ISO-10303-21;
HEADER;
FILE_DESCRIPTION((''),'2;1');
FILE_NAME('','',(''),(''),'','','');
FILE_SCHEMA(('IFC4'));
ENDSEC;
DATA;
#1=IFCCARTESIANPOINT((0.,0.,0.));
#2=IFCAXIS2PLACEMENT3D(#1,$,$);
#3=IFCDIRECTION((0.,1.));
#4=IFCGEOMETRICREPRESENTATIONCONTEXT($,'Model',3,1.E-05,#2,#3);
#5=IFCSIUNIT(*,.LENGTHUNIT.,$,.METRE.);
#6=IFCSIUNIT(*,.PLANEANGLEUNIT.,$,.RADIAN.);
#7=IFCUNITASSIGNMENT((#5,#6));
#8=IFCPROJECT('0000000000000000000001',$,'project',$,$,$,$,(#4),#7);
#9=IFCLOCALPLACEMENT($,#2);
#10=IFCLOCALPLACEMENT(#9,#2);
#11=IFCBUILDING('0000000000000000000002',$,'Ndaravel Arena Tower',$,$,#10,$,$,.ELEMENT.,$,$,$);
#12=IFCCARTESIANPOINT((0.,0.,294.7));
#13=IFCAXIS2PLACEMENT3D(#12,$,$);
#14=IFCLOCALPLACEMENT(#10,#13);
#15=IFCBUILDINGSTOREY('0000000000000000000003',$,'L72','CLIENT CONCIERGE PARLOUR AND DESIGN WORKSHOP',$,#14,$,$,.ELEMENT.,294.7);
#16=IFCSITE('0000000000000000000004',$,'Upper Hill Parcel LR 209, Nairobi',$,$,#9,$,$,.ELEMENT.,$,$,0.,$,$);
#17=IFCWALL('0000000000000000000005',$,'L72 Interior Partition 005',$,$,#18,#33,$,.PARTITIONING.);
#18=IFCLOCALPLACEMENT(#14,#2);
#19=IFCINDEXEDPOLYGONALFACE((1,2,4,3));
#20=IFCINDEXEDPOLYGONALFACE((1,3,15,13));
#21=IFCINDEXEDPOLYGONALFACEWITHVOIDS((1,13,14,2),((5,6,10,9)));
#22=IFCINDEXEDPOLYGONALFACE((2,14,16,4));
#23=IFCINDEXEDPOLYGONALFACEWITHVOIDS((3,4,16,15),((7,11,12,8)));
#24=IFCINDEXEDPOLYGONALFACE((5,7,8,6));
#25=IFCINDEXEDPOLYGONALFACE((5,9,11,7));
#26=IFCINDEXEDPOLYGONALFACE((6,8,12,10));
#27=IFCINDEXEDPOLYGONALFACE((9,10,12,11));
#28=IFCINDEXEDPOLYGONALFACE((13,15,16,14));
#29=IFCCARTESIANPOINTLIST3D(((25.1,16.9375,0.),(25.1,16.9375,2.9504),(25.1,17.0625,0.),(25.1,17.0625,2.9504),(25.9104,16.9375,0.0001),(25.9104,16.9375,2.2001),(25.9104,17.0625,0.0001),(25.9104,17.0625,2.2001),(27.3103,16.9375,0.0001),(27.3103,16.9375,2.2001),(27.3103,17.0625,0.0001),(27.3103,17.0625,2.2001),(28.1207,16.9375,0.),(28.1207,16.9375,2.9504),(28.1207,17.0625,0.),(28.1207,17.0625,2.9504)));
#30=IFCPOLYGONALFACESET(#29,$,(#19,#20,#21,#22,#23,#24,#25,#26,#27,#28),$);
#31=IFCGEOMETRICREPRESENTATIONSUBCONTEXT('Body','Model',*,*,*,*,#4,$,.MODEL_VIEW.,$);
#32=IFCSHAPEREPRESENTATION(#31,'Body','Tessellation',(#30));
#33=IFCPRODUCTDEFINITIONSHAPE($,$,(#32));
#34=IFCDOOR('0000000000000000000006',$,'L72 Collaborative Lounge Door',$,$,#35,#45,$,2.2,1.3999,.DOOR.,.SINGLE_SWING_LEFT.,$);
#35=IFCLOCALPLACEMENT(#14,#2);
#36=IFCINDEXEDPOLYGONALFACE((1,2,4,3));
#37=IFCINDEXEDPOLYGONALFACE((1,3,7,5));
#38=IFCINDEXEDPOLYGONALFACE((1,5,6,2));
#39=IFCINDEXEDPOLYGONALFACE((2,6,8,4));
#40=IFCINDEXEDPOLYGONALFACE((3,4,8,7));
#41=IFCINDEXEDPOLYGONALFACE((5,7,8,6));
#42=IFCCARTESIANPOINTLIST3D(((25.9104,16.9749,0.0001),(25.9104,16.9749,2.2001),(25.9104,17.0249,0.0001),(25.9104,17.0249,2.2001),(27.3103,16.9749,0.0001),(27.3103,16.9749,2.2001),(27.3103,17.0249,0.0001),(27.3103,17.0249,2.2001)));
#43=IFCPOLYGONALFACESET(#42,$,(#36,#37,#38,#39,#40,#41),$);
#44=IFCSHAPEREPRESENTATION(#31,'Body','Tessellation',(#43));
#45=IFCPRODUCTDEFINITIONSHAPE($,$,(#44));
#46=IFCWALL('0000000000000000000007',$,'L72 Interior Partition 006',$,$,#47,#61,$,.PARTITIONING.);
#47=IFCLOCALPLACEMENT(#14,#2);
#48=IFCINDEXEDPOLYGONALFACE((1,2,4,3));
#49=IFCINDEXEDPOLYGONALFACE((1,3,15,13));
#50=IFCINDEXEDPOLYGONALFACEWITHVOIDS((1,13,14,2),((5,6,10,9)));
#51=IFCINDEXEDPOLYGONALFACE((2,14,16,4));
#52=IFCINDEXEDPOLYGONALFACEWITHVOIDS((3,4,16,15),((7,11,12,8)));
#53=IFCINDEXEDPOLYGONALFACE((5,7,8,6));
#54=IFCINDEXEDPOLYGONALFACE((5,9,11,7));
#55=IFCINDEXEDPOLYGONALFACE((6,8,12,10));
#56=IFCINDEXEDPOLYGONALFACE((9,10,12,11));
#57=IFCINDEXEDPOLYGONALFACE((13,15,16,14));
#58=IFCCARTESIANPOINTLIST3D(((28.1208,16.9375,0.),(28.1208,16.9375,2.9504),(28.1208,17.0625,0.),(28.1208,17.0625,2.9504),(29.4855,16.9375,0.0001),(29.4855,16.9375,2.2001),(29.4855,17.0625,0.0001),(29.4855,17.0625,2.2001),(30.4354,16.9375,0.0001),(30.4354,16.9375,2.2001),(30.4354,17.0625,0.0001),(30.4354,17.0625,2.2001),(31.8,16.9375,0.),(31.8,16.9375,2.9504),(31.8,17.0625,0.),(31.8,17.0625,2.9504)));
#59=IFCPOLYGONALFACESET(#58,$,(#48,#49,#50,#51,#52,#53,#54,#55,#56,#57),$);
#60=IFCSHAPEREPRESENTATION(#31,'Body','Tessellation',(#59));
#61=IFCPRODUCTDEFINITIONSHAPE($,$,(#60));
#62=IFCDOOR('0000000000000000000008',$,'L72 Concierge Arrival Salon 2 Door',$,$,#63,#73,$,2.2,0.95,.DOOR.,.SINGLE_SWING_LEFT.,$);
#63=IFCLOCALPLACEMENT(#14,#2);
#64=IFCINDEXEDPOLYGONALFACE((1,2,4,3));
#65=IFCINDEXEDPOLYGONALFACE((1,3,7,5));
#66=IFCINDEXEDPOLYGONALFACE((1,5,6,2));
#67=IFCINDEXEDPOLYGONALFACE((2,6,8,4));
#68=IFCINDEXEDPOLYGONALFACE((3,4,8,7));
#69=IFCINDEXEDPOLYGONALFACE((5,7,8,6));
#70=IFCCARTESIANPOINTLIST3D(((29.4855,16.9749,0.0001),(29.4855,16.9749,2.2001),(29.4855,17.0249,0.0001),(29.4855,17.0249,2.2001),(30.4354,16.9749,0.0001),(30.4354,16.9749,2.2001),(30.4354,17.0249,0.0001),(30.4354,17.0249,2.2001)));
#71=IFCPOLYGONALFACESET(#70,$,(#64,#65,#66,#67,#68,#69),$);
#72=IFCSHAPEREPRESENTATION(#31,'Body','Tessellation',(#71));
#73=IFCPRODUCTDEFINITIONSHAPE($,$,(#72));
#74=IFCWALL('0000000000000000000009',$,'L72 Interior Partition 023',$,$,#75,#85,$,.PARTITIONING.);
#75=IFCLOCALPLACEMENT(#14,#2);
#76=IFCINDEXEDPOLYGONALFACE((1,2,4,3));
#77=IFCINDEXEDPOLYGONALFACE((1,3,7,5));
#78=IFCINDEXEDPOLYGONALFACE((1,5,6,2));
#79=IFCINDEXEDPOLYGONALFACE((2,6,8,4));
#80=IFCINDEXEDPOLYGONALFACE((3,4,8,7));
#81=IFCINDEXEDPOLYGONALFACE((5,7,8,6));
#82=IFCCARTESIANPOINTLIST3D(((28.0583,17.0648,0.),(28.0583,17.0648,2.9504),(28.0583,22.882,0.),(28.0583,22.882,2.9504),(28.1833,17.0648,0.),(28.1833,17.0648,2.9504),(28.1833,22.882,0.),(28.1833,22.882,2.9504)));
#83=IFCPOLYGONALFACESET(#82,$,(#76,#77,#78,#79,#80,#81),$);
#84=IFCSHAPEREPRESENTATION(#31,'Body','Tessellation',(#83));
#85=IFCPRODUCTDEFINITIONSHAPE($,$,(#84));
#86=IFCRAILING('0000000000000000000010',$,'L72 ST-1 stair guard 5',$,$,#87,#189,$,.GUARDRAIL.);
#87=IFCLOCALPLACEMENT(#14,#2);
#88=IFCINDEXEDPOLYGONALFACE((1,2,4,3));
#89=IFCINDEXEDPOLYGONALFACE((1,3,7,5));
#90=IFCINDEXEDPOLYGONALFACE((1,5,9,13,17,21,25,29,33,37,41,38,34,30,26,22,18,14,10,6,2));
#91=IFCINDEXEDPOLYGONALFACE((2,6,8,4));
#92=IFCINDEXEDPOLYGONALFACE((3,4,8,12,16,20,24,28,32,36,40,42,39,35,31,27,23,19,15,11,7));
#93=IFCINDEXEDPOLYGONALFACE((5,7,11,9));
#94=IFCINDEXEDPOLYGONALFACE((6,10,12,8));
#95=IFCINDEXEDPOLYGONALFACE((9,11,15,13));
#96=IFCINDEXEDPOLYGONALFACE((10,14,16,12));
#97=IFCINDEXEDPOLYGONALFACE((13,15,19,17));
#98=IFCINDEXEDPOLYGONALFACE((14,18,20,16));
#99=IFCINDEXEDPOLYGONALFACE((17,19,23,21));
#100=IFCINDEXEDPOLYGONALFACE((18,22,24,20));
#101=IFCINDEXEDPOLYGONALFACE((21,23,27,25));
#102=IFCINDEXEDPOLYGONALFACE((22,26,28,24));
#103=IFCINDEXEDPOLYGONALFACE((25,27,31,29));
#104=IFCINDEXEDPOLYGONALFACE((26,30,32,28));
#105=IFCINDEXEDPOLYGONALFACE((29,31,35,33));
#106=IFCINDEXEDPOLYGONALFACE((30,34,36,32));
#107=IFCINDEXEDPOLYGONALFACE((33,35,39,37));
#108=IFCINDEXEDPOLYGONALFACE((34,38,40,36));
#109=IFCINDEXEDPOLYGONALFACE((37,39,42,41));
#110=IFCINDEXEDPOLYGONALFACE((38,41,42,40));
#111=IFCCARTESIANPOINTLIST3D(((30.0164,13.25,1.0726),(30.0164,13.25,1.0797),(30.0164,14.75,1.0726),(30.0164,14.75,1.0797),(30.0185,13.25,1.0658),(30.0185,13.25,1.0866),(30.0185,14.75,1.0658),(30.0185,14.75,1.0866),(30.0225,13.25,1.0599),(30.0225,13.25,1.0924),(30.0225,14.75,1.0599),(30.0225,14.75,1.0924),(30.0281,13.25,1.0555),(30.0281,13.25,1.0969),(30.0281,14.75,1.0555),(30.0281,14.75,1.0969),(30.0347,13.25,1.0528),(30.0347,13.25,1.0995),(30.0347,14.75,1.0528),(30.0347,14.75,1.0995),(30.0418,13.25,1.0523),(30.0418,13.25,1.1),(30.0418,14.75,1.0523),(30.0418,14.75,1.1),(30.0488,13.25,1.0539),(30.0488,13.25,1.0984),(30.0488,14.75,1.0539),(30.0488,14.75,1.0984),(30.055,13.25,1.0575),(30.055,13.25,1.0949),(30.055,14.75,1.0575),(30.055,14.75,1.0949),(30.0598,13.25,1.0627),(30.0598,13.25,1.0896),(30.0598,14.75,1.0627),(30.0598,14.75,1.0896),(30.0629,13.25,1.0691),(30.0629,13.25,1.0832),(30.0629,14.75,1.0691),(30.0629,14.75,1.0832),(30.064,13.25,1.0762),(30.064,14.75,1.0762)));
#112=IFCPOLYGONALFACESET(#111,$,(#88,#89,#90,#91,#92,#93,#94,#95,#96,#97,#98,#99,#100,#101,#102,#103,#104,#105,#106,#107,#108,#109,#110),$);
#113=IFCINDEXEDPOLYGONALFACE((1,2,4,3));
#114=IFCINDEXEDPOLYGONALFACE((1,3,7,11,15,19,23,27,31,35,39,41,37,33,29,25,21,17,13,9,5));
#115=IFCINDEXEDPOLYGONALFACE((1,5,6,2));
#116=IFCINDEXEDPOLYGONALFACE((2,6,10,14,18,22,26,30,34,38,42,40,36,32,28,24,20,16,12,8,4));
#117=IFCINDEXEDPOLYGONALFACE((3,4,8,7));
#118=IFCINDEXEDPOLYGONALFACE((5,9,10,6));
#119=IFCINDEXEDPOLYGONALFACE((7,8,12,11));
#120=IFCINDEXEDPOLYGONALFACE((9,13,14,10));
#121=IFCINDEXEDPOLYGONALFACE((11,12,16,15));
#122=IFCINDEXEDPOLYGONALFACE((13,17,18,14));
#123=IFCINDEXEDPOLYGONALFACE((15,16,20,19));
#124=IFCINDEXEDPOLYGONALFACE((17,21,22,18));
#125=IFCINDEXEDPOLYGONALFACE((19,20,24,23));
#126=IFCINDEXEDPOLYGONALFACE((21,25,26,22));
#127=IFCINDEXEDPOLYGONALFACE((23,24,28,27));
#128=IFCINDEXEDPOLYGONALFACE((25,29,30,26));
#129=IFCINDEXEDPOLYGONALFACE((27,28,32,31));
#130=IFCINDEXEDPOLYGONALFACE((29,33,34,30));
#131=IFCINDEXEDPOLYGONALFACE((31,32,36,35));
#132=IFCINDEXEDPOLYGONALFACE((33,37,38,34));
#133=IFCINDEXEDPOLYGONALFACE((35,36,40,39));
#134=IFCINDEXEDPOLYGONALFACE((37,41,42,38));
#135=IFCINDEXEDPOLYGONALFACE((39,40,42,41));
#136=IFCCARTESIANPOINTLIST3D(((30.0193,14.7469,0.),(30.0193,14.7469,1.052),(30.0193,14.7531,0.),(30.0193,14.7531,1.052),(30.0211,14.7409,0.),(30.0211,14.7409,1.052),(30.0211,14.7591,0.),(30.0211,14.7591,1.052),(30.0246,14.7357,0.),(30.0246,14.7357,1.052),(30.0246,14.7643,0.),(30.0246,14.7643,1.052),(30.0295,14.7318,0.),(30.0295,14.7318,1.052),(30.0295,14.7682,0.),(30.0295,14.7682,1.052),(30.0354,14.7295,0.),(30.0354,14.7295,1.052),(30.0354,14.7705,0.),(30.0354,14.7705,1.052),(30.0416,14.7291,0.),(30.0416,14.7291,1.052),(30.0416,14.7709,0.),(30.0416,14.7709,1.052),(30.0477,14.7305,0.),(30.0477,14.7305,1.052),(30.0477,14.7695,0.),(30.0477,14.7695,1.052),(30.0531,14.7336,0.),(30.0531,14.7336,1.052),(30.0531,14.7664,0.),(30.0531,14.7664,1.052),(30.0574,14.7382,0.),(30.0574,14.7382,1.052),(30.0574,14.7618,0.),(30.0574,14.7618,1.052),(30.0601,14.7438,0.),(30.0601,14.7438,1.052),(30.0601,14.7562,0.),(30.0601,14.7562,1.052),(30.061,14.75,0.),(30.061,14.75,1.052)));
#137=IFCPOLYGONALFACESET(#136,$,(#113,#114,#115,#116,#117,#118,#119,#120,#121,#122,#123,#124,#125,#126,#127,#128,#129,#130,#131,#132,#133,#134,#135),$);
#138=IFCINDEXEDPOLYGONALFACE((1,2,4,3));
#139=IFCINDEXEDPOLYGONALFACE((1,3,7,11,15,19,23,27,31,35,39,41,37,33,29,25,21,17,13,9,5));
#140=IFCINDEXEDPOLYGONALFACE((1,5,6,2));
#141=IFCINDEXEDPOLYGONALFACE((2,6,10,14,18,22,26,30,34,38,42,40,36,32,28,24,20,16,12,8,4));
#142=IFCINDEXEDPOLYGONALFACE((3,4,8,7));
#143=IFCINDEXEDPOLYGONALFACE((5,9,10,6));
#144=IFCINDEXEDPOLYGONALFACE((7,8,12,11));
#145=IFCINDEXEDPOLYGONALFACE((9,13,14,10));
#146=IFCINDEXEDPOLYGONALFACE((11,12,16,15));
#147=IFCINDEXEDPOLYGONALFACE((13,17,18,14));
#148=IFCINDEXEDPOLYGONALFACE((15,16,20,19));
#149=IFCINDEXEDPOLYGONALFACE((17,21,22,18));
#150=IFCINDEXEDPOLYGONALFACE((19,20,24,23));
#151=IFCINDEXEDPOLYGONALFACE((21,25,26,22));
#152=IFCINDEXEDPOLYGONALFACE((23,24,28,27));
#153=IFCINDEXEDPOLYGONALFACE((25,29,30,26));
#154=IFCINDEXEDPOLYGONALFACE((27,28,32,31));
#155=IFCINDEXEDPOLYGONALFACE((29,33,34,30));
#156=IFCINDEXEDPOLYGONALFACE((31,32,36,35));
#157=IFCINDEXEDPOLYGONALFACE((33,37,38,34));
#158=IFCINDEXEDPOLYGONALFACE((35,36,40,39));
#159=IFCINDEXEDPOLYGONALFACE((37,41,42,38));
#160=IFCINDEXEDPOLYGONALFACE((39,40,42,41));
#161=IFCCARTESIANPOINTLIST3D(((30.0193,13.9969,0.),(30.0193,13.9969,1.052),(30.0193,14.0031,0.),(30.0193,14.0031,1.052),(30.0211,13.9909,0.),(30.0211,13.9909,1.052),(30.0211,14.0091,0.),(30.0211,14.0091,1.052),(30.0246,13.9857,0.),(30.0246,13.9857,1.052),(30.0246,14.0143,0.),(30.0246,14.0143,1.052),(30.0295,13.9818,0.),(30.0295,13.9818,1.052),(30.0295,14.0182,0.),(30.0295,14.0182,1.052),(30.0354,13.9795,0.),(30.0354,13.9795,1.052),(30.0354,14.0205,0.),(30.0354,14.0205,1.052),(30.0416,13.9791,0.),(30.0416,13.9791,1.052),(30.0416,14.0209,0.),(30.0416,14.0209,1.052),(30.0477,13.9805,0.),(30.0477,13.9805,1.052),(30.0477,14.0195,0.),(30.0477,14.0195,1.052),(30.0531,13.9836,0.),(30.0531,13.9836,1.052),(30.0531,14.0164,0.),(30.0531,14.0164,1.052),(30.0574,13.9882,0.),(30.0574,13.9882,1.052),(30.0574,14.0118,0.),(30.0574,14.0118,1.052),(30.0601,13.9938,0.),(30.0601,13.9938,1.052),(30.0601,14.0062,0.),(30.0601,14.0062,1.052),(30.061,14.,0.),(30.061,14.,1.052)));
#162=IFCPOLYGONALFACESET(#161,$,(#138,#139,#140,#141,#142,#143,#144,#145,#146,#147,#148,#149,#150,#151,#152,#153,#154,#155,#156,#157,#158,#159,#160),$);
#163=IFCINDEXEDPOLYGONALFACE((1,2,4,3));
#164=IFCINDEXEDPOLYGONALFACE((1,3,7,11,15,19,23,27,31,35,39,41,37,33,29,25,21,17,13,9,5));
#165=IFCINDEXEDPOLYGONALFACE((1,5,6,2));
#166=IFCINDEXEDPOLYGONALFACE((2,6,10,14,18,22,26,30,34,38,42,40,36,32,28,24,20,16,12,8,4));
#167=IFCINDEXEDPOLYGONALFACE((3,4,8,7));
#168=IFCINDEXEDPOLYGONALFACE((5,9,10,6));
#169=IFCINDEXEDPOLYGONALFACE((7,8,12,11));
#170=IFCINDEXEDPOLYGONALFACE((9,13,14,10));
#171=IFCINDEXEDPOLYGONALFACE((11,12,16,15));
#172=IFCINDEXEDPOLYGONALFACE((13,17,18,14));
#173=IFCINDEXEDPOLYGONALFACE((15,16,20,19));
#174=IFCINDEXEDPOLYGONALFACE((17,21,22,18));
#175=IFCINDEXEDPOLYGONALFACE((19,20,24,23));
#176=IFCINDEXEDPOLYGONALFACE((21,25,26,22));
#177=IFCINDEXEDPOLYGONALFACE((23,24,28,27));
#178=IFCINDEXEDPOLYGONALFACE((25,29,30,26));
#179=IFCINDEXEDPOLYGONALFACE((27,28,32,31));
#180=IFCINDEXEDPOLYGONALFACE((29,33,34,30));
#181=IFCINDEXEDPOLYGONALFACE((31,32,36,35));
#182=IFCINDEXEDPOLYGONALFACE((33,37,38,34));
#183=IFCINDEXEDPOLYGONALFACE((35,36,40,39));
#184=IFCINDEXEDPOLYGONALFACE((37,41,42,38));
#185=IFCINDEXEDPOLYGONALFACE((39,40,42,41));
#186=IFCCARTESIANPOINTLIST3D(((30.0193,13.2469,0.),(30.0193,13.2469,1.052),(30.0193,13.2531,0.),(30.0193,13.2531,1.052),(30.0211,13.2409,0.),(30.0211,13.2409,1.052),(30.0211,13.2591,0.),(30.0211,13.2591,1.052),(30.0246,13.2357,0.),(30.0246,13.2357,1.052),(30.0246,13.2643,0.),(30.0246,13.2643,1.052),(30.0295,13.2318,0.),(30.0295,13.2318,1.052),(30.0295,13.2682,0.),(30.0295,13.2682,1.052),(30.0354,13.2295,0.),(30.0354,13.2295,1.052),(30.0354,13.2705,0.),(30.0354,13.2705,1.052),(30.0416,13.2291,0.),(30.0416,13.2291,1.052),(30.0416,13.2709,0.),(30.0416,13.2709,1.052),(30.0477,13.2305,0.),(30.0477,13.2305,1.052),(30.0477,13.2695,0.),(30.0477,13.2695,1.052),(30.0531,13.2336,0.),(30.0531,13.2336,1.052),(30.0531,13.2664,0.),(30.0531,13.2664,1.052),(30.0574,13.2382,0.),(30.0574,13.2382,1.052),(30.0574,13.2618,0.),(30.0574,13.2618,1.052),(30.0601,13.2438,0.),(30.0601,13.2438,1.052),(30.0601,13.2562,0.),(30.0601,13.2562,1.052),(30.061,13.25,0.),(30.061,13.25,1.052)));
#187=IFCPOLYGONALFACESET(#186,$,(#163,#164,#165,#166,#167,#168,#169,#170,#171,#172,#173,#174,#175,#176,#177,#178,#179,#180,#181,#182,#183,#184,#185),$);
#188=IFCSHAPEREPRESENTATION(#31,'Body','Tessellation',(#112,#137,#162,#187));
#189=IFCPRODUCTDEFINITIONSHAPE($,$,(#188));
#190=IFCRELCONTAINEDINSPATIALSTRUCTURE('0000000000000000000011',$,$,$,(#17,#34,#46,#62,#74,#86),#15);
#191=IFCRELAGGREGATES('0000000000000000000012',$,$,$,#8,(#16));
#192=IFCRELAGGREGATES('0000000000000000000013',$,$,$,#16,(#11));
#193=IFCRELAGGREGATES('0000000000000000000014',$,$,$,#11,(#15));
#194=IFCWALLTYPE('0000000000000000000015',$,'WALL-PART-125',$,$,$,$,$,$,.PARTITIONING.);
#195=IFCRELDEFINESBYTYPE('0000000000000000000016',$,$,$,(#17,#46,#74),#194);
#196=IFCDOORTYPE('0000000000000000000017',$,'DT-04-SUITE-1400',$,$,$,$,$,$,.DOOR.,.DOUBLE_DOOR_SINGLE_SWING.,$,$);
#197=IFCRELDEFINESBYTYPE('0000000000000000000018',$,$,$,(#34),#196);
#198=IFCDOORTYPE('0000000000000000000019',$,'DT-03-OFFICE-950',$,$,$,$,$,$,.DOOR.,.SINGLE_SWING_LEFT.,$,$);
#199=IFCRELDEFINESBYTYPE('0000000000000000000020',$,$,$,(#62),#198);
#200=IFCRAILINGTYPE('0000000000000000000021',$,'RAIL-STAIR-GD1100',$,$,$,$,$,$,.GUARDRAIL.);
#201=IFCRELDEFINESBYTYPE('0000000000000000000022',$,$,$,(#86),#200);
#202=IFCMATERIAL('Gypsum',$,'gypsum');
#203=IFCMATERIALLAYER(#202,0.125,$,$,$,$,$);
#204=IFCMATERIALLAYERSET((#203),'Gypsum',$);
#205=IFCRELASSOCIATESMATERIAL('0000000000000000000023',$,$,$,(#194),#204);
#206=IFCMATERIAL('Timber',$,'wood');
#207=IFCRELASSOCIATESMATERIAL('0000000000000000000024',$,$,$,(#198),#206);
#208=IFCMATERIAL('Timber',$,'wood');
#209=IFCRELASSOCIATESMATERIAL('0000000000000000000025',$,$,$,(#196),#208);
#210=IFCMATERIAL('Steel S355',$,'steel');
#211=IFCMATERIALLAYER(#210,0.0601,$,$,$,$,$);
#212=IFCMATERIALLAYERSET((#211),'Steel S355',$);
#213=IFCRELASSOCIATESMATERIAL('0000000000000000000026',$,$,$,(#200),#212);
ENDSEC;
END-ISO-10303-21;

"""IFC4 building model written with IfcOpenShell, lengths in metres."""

from ifc_helpers import new_model, si_unit, direction, frame, frame_2d, origin, origin_2d, place, context, subcontext, project, spatial, rectangle, circle, extrude, material, layer, layer_set, type_object, element, fill, save


model = new_model("IFC4")

# Units and contexts
model_context = context("Model", 3, precision=1e-05, world=origin(), true_north=direction((0.0, 1.0)))
body_context = subcontext(model_context, "Body", "Model", "MODEL_VIEW")
ifc_project = project(units=[si_unit("LENGTHUNIT", "METRE"), si_unit("PLANEANGLEUNIT", "RADIAN")], contexts=[model_context])

# Site, building, storey
site_placement = place(None, origin())
site = spatial("IfcSite", under=ifc_project, at=site_placement, Name="Upper Hill Parcel LR 209, Nairobi", CompositionType="ELEMENT", RefElevation=0.0)
building_placement = place(site_placement, origin())
building = spatial("IfcBuilding", under=site, at=building_placement, Name="Ndaravel Arena Tower", CompositionType="ELEMENT")
storey_placement = place(building_placement, frame((0.0, 0.0, 294.7)))
storey = spatial("IfcBuildingStorey", under=building, at=storey_placement, Name="L72", Description="CLIENT CONCIERGE PARLOUR AND DESIGN WORKSHOP", CompositionType="ELEMENT", Elevation=294.7)

# Shared definitions
ifc_material_1 = material(Name="Gypsum", Category="gypsum")
ifc_layer_1 = layer(ifc_material_1, 0.125)
ifc_layer_set_1 = layer_set([ifc_layer_1], Name="Gypsum")
wall_type_1 = type_object("IfcWallType", Name="WALL-PART-125", PredefinedType="PARTITIONING", material=ifc_layer_set_1)

# Walls, openings, doors
ifc_material_2 = material(Name="Timber", Category="wood")
door_type_1 = type_object("IfcDoorType", Name="DT-03-OFFICE-950", OperationType="SINGLE_SWING_LEFT", PredefinedType="DOOR", material=ifc_material_2)
wall_1_placement = place(storey_placement, frame((25.1001, 17.0, 0.0), z_axis=(0.0, 0.0, 1.0), x_axis=(1.0, 0.0, 0.0)))
wall_1 = element("IfcWall", 1, at=wall_1_placement, inside=storey, type_object=wall_type_1, Name="L72 Interior Partition 005", PredefinedType="PARTITIONING", context=body_context, shape_type="SweptSolid", body=[
    extrude(rectangle(XDim=3.0208, YDim=0.125, at=frame_2d((1.5103, 0.0))), origin(), (0.0, 0.0, 1.0), 2.9504),
])
opening_1_placement = place(wall_1_placement, frame((0.8103, 0.0, 0.0)))
opening_1 = element("IfcOpeningElement", 2, at=opening_1_placement, cuts=wall_1, PredefinedType="OPENING", context=body_context, shape_type="SweptSolid", body=[
    extrude(rectangle(XDim=1.3999, YDim=2.2, at=frame_2d((0.7, 1.1001))), frame((0.0, 0.0625, 0.0), z_axis=(0.0, -1.0, 0.0), x_axis=(1.0, 0.0, 0.0)), (0.0, 0.0, 1.0), 0.125),
])
ifc_material_3 = material(Name="Timber", Category="wood")
door_type_2 = type_object("IfcDoorType", Name="DT-04-SUITE-1400", OperationType="DOUBLE_DOOR_SINGLE_SWING", PredefinedType="DOOR", material=ifc_material_3)
door_1_placement = place(opening_1_placement, origin())
door_1 = element("IfcDoor", 3, at=door_1_placement, inside=storey, type_object=door_type_2, Name="L72 Collaborative Lounge Door", OperationType="SINGLE_SWING_LEFT", OverallHeight=2.2, OverallWidth=1.3999, PredefinedType="DOOR", context=body_context, shape_type="SweptSolid", body=[
    extrude(rectangle(XDim=1.3999, YDim=2.2, at=frame_2d((0.7, 1.1001))), frame((0.0, 0.0249, 0.0), z_axis=(0.0, -1.0, 0.0), x_axis=(1.0, 0.0, 0.0)), (0.0, 0.0, 1.0), 0.05),
])
fill(opening_1, door_1)
wall_2_placement = place(storey_placement, frame((28.1208, 17.0, 0.0), z_axis=(0.0, 0.0, 1.0), x_axis=(1.0, 0.0, 0.0)))
wall_2 = element("IfcWall", 4, at=wall_2_placement, inside=storey, type_object=wall_type_1, Name="L72 Interior Partition 006", PredefinedType="PARTITIONING", context=body_context, shape_type="SweptSolid", body=[
    extrude(rectangle(XDim=3.6792, YDim=0.125, at=frame_2d((1.8396, 0.0))), origin(), (0.0, 0.0, 1.0), 2.9504),
])
opening_2_placement = place(wall_2_placement, frame((1.3645, 0.0, 0.0)))
opening_2 = element("IfcOpeningElement", 5, at=opening_2_placement, cuts=wall_2, PredefinedType="OPENING", context=body_context, shape_type="SweptSolid", body=[
    extrude(rectangle(XDim=0.95, YDim=2.2, at=frame_2d((0.4751, 1.1001))), frame((0.0, 0.0625, 0.0), z_axis=(0.0, -1.0, 0.0), x_axis=(1.0, 0.0, 0.0)), (0.0, 0.0, 1.0), 0.125),
])
door_2_placement = place(opening_2_placement, origin())
door_2 = element("IfcDoor", 6, at=door_2_placement, inside=storey, type_object=door_type_1, Name="L72 Concierge Arrival Salon 2 Door", OperationType="SINGLE_SWING_LEFT", OverallHeight=2.2, OverallWidth=0.95, PredefinedType="DOOR", context=body_context, shape_type="SweptSolid", body=[
    extrude(rectangle(XDim=0.95, YDim=2.2, at=frame_2d((0.4751, 1.1001))), frame((0.0, 0.0249, 0.0), z_axis=(0.0, -1.0, 0.0), x_axis=(1.0, 0.0, 0.0)), (0.0, 0.0, 1.0), 0.05),
])
fill(opening_2, door_2)

# Wall
wall_3_placement = place(storey_placement, frame((28.1208, 22.8821, 0.0), z_axis=(0.0, 0.0, 1.0), x_axis=(0.0, -1.0, 0.0)))
element("IfcWall", 7, at=wall_3_placement, inside=storey, type_object=wall_type_1, Name="L72 Interior Partition 023", PredefinedType="PARTITIONING", context=body_context, shape_type="SweptSolid", body=[
    extrude(rectangle(XDim=5.8171, YDim=0.125, at=frame_2d((2.9087, 0.0))), origin(), (0.0, 0.0, 1.0), 2.9504),
])

# Railing
ifc_material_4 = material(Name="Steel S355", Category="steel")
ifc_layer_2 = layer(ifc_material_4, 0.0601)
ifc_layer_set_2 = layer_set([ifc_layer_2], Name="Steel S355")
railing_type = type_object("IfcRailingType", Name="RAIL-STAIR-GD1100", PredefinedType="GUARDRAIL", material=ifc_layer_set_2)
railing_1_placement = place(storey_placement, frame((30.04, 14.75, 0.0)))
element("IfcRailing", 8, at=railing_1_placement, inside=storey, type_object=railing_type, Name="L72 ST-1 stair guard 5", PredefinedType="GUARDRAIL", context=body_context, shape_type="SweptSolid", body=[
    extrude(circle(Radius=0.0239, at=origin_2d()), frame((0.0, 0.0, 1.0762), z_axis=(0.0, -1.0, 0.0), x_axis=(1.0, 0.0, 0.0)), (0.0, 0.0, 1.0), 1.5),
    extrude(circle(Radius=0.021, at=origin_2d()), origin(), (0.0, 0.0, 1.0), 1.052),
    extrude(circle(Radius=0.021, at=origin_2d()), frame((0.0, -0.75, 0.0)), (0.0, 0.0, 1.0), 1.052),
    extrude(circle(Radius=0.021, at=origin_2d()), frame((0.0, -1.5, 0.0)), (0.0, 0.0, 1.0), 1.052),
])

save(model, "model.ifc")
